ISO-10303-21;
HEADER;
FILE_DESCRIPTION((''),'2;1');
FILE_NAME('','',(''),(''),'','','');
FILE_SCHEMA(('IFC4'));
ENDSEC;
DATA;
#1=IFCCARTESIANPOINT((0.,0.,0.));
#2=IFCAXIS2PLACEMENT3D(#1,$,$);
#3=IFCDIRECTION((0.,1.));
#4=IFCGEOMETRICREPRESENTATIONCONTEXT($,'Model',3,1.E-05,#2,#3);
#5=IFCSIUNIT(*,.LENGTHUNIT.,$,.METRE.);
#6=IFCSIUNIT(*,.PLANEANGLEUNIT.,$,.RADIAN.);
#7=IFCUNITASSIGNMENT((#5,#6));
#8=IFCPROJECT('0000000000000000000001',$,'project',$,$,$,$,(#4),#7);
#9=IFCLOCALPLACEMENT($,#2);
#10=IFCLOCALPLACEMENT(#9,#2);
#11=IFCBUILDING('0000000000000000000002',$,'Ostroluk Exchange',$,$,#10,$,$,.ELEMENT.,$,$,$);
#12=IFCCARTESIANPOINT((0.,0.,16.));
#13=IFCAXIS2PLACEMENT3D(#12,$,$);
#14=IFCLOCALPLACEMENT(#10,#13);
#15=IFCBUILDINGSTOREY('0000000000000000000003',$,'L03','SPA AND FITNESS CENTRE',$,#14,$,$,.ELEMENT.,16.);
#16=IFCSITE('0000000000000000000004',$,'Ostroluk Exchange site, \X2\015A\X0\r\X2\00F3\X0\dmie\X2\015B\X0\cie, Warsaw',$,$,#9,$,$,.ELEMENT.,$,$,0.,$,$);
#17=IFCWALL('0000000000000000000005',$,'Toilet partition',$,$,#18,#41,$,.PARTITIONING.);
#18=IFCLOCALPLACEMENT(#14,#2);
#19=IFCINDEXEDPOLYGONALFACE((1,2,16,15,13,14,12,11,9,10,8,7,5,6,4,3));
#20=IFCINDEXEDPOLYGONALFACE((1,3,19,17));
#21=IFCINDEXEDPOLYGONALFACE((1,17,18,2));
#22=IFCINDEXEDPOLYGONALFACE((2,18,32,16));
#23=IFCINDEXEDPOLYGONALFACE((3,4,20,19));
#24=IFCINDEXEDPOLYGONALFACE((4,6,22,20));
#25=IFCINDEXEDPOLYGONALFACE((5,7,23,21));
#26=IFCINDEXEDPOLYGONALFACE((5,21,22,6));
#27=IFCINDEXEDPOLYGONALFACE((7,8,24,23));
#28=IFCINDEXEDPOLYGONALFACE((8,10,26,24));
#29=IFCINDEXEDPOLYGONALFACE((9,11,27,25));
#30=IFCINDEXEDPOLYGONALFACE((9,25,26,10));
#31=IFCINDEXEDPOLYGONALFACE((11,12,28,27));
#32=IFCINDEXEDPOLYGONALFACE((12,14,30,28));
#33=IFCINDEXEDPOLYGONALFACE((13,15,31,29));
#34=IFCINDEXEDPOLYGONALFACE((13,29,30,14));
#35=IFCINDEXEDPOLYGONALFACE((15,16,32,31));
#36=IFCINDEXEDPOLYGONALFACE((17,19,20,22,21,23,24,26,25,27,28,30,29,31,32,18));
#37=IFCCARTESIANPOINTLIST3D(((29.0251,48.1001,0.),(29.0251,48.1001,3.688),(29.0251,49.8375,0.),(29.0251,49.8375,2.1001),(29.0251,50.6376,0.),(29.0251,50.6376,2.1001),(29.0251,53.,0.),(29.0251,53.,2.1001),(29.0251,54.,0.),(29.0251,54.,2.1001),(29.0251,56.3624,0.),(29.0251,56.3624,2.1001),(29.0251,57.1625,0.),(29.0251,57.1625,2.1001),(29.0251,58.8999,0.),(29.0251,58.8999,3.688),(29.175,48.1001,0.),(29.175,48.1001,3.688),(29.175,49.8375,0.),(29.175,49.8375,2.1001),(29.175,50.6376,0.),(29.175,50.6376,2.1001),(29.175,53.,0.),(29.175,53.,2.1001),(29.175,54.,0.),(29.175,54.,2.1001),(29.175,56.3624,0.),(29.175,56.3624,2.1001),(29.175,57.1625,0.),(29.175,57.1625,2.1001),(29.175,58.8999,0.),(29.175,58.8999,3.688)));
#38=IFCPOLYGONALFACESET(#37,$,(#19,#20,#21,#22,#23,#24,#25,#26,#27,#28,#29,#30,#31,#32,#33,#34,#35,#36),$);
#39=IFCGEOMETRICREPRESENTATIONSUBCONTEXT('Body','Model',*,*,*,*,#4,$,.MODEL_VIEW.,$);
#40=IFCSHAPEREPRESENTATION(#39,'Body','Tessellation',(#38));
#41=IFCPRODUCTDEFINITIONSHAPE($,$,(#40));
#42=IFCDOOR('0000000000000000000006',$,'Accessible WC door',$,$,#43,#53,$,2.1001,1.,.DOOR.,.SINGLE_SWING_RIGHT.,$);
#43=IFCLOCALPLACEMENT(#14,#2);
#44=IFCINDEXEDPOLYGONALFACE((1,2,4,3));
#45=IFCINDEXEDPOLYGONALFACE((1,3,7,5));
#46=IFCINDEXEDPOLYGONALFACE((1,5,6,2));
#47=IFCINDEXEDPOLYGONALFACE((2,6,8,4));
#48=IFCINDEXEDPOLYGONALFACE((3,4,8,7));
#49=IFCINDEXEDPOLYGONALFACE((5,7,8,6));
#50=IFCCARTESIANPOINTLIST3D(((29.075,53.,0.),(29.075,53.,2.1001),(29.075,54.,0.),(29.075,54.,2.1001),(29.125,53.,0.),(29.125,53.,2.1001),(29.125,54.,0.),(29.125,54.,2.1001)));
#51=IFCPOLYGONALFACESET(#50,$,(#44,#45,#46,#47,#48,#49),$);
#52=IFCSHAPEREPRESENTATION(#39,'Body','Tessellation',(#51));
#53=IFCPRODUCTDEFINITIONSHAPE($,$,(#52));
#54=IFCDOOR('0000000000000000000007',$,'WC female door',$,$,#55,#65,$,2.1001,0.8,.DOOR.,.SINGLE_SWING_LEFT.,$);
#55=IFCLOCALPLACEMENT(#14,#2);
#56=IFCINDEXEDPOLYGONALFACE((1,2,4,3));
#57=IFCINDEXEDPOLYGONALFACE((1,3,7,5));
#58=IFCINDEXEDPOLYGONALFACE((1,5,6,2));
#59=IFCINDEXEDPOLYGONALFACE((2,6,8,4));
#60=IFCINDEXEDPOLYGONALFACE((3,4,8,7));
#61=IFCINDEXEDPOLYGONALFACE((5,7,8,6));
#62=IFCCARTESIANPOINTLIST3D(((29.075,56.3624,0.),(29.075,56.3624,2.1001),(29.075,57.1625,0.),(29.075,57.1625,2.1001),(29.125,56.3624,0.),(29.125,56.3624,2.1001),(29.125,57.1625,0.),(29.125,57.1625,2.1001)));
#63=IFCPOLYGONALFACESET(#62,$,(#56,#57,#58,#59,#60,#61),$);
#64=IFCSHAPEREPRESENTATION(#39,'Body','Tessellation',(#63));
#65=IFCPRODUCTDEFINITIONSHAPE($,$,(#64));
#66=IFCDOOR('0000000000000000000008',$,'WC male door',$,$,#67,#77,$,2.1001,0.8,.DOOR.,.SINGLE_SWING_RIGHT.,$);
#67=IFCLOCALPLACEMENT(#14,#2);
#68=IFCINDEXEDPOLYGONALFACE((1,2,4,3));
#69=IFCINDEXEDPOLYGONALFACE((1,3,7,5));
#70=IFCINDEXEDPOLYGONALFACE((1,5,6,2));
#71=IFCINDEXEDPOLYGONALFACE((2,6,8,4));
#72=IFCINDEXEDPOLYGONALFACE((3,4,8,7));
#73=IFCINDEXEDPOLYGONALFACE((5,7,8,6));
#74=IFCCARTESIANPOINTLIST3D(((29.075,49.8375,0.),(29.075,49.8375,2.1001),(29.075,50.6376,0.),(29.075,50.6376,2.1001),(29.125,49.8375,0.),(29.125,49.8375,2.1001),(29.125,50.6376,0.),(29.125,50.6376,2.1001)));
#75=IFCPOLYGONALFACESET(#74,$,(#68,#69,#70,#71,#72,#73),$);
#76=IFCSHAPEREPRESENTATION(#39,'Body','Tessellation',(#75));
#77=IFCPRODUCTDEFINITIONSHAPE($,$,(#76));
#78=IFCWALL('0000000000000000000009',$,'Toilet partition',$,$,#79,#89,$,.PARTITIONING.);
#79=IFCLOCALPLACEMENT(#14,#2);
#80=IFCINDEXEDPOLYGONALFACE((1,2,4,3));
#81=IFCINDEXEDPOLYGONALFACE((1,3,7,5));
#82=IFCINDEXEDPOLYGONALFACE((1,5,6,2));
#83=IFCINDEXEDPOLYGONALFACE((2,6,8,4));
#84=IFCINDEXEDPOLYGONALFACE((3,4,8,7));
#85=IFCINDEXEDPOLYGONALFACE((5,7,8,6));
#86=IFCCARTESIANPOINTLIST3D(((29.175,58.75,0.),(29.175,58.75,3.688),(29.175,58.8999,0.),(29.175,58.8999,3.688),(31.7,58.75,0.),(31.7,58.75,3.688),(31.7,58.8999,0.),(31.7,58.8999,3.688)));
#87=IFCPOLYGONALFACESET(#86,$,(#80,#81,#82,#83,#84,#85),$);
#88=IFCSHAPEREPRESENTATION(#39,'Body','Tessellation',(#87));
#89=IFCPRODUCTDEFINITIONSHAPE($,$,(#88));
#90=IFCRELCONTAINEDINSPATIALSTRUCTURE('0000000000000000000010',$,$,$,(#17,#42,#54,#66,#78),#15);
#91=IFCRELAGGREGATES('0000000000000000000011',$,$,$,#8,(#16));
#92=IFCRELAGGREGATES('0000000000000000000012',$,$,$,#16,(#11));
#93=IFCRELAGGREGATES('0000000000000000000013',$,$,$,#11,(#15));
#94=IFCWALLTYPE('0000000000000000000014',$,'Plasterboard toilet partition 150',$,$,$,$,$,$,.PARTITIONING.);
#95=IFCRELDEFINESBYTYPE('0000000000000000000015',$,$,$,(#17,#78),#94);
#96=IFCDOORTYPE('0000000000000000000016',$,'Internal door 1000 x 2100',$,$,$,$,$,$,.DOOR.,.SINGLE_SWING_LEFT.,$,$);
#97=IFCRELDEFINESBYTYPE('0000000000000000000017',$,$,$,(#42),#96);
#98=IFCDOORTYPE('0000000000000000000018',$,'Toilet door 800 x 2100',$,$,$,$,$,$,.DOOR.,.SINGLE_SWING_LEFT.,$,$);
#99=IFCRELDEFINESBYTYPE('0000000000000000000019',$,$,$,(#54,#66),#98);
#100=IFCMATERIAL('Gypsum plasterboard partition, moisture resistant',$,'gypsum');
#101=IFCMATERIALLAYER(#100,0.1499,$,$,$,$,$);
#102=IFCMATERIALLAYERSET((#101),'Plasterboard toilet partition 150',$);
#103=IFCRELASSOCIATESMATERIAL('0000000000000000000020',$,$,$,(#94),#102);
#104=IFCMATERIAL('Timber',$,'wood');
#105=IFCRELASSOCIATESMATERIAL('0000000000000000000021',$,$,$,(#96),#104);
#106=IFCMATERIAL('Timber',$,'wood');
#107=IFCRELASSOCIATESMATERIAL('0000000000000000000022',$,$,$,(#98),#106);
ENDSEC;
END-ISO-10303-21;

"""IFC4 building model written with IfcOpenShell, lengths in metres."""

from ifc_helpers import new_model, si_unit, direction, frame, frame_2d, origin, place, context, subcontext, project, spatial, rectangle, extrude, material, layer, layer_set, type_object, element, fill, save


model = new_model("IFC4")

# Units and contexts
model_context = context("Model", 3, precision=1e-05, world=origin(), true_north=direction((0.0, 1.0)))
body_context = subcontext(model_context, "Body", "Model", "MODEL_VIEW")
ifc_project = project(units=[si_unit("LENGTHUNIT", "METRE"), si_unit("PLANEANGLEUNIT", "RADIAN")], contexts=[model_context])

# Site, building, storey
site_placement = place(None, origin())
site = spatial("IfcSite", under=ifc_project, at=site_placement, Name="Ostroluk Exchange site, Śródmieście, Warsaw", CompositionType="ELEMENT", RefElevation=0.0)
building_placement = place(site_placement, origin())
building = spatial("IfcBuilding", under=site, at=building_placement, Name="Ostroluk Exchange", CompositionType="ELEMENT")
storey_placement = place(building_placement, frame((0.0, 0.0, 16.0)))
storey = spatial("IfcBuildingStorey", under=building, at=storey_placement, Name="L03", Description="SPA AND FITNESS CENTRE", CompositionType="ELEMENT", Elevation=16.0)

# Wall, openings, doors
ifc_material_1 = material(Name="Gypsum plasterboard partition, moisture resistant", Category="gypsum")
ifc_layer_1 = layer(ifc_material_1, 0.1499)
ifc_layer_set_1 = layer_set([ifc_layer_1], Name="Plasterboard toilet partition 150")
wall_type_1 = type_object("IfcWallType", Name="Plasterboard toilet partition 150", PredefinedType="PARTITIONING", material=ifc_layer_set_1)
wall_1_placement = place(storey_placement, frame((29.1001, 58.8999, 0.0), z_axis=(0.0, 0.0, 1.0), x_axis=(0.0, -1.0, 0.0)))
wall_1 = element("IfcWall", 1, at=wall_1_placement, inside=storey, type_object=wall_type_1, Name="Toilet partition", PredefinedType="PARTITIONING", context=body_context, shape_type="SweptSolid", body=[
    extrude(rectangle(XDim=10.7998, YDim=0.1499, at=frame_2d((5.3999, 0.0))), origin(), (0.0, 0.0, 1.0), 3.688),
])
opening_1_placement = place(wall_1_placement, frame((1.7375, 0.0, 0.0)))
opening_1 = element("IfcOpeningElement", 2, at=opening_1_placement, cuts=wall_1, PredefinedType="OPENING", context=body_context, shape_type="SweptSolid", body=[
    extrude(rectangle(XDim=0.8, YDim=2.1001, at=frame_2d((0.3999, 1.05))), frame((0.0, 0.085, 0.0), z_axis=(0.0, -1.0, 0.0), x_axis=(1.0, 0.0, 0.0)), (0.0, 0.0, 1.0), 0.1699),
])
opening_2_placement = place(wall_1_placement, frame((4.8999, 0.0, 0.0)))
opening_2 = element("IfcOpeningElement", 3, at=opening_2_placement, cuts=wall_1, PredefinedType="OPENING", context=body_context, shape_type="SweptSolid", body=[
    extrude(rectangle(XDim=1.0, YDim=2.1001, at=frame_2d((0.5, 1.05))), frame((0.0, 0.085, 0.0), z_axis=(0.0, -1.0, 0.0), x_axis=(1.0, 0.0, 0.0)), (0.0, 0.0, 1.0), 0.1699),
])
opening_3_placement = place(wall_1_placement, frame((8.2625, 0.0, 0.0)))
opening_3 = element("IfcOpeningElement", 4, at=opening_3_placement, cuts=wall_1, PredefinedType="OPENING", context=body_context, shape_type="SweptSolid", body=[
    extrude(rectangle(XDim=0.8, YDim=2.1001, at=frame_2d((0.3999, 1.05))), frame((0.0, 0.085, 0.0), z_axis=(0.0, -1.0, 0.0), x_axis=(1.0, 0.0, 0.0)), (0.0, 0.0, 1.0), 0.1699),
])
ifc_material_2 = material(Name="Timber", Category="wood")
door_type_1 = type_object("IfcDoorType", Name="Internal door 1000 x 2100", OperationType="SINGLE_SWING_LEFT", PredefinedType="DOOR", material=ifc_material_2)
door_1_placement = place(opening_2_placement, origin())
door_1 = element("IfcDoor", 5, at=door_1_placement, inside=storey, type_object=door_type_1, Name="Accessible WC door", OperationType="SINGLE_SWING_RIGHT", OverallHeight=2.1001, OverallWidth=1.0, PredefinedType="DOOR", context=body_context, shape_type="SweptSolid", body=[
    extrude(rectangle(XDim=1.0, YDim=2.1001, at=frame_2d((0.5, 1.05))), frame((0.0, 0.0249, 0.0), z_axis=(0.0, -1.0, 0.0), x_axis=(1.0, 0.0, 0.0)), (0.0, 0.0, 1.0), 0.05),
])
fill(opening_2, door_1)
ifc_material_3 = material(Name="Timber", Category="wood")
door_type_2 = type_object("IfcDoorType", Name="Toilet door 800 x 2100", OperationType="SINGLE_SWING_LEFT", PredefinedType="DOOR", material=ifc_material_3)
door_2_placement = place(opening_1_placement, origin())
door_2 = element("IfcDoor", 6, at=door_2_placement, inside=storey, type_object=door_type_2, Name="WC female door", OperationType="SINGLE_SWING_LEFT", OverallHeight=2.1001, OverallWidth=0.8, PredefinedType="DOOR", context=body_context, shape_type="SweptSolid", body=[
    extrude(rectangle(XDim=0.8, YDim=2.1001, at=frame_2d((0.3999, 1.05))), frame((0.0, 0.0249, 0.0), z_axis=(0.0, -1.0, 0.0), x_axis=(1.0, 0.0, 0.0)), (0.0, 0.0, 1.0), 0.05),
])
fill(opening_1, door_2)
door_3_placement = place(opening_3_placement, origin())
door_3 = element("IfcDoor", 7, at=door_3_placement, inside=storey, type_object=door_type_2, Name="WC male door", OperationType="SINGLE_SWING_RIGHT", OverallHeight=2.1001, OverallWidth=0.8, PredefinedType="DOOR", context=body_context, shape_type="SweptSolid", body=[
    extrude(rectangle(XDim=0.8, YDim=2.1001, at=frame_2d((0.3999, 1.05))), frame((0.0, 0.0249, 0.0), z_axis=(0.0, -1.0, 0.0), x_axis=(1.0, 0.0, 0.0)), (0.0, 0.0, 1.0), 0.05),
])
fill(opening_3, door_3)

# Wall
wall_2_placement = place(storey_placement, frame((29.175, 58.825, 0.0), z_axis=(0.0, 0.0, 1.0), x_axis=(1.0, 0.0, 0.0)))
element("IfcWall", 8, at=wall_2_placement, inside=storey, type_object=wall_type_1, Name="Toilet partition", PredefinedType="PARTITIONING", context=body_context, shape_type="SweptSolid", body=[
    extrude(rectangle(XDim=2.5249, YDim=0.1499, at=frame_2d((1.2625, 0.0))), origin(), (0.0, 0.0, 1.0), 3.688),
])

save(model, "model.ifc")
